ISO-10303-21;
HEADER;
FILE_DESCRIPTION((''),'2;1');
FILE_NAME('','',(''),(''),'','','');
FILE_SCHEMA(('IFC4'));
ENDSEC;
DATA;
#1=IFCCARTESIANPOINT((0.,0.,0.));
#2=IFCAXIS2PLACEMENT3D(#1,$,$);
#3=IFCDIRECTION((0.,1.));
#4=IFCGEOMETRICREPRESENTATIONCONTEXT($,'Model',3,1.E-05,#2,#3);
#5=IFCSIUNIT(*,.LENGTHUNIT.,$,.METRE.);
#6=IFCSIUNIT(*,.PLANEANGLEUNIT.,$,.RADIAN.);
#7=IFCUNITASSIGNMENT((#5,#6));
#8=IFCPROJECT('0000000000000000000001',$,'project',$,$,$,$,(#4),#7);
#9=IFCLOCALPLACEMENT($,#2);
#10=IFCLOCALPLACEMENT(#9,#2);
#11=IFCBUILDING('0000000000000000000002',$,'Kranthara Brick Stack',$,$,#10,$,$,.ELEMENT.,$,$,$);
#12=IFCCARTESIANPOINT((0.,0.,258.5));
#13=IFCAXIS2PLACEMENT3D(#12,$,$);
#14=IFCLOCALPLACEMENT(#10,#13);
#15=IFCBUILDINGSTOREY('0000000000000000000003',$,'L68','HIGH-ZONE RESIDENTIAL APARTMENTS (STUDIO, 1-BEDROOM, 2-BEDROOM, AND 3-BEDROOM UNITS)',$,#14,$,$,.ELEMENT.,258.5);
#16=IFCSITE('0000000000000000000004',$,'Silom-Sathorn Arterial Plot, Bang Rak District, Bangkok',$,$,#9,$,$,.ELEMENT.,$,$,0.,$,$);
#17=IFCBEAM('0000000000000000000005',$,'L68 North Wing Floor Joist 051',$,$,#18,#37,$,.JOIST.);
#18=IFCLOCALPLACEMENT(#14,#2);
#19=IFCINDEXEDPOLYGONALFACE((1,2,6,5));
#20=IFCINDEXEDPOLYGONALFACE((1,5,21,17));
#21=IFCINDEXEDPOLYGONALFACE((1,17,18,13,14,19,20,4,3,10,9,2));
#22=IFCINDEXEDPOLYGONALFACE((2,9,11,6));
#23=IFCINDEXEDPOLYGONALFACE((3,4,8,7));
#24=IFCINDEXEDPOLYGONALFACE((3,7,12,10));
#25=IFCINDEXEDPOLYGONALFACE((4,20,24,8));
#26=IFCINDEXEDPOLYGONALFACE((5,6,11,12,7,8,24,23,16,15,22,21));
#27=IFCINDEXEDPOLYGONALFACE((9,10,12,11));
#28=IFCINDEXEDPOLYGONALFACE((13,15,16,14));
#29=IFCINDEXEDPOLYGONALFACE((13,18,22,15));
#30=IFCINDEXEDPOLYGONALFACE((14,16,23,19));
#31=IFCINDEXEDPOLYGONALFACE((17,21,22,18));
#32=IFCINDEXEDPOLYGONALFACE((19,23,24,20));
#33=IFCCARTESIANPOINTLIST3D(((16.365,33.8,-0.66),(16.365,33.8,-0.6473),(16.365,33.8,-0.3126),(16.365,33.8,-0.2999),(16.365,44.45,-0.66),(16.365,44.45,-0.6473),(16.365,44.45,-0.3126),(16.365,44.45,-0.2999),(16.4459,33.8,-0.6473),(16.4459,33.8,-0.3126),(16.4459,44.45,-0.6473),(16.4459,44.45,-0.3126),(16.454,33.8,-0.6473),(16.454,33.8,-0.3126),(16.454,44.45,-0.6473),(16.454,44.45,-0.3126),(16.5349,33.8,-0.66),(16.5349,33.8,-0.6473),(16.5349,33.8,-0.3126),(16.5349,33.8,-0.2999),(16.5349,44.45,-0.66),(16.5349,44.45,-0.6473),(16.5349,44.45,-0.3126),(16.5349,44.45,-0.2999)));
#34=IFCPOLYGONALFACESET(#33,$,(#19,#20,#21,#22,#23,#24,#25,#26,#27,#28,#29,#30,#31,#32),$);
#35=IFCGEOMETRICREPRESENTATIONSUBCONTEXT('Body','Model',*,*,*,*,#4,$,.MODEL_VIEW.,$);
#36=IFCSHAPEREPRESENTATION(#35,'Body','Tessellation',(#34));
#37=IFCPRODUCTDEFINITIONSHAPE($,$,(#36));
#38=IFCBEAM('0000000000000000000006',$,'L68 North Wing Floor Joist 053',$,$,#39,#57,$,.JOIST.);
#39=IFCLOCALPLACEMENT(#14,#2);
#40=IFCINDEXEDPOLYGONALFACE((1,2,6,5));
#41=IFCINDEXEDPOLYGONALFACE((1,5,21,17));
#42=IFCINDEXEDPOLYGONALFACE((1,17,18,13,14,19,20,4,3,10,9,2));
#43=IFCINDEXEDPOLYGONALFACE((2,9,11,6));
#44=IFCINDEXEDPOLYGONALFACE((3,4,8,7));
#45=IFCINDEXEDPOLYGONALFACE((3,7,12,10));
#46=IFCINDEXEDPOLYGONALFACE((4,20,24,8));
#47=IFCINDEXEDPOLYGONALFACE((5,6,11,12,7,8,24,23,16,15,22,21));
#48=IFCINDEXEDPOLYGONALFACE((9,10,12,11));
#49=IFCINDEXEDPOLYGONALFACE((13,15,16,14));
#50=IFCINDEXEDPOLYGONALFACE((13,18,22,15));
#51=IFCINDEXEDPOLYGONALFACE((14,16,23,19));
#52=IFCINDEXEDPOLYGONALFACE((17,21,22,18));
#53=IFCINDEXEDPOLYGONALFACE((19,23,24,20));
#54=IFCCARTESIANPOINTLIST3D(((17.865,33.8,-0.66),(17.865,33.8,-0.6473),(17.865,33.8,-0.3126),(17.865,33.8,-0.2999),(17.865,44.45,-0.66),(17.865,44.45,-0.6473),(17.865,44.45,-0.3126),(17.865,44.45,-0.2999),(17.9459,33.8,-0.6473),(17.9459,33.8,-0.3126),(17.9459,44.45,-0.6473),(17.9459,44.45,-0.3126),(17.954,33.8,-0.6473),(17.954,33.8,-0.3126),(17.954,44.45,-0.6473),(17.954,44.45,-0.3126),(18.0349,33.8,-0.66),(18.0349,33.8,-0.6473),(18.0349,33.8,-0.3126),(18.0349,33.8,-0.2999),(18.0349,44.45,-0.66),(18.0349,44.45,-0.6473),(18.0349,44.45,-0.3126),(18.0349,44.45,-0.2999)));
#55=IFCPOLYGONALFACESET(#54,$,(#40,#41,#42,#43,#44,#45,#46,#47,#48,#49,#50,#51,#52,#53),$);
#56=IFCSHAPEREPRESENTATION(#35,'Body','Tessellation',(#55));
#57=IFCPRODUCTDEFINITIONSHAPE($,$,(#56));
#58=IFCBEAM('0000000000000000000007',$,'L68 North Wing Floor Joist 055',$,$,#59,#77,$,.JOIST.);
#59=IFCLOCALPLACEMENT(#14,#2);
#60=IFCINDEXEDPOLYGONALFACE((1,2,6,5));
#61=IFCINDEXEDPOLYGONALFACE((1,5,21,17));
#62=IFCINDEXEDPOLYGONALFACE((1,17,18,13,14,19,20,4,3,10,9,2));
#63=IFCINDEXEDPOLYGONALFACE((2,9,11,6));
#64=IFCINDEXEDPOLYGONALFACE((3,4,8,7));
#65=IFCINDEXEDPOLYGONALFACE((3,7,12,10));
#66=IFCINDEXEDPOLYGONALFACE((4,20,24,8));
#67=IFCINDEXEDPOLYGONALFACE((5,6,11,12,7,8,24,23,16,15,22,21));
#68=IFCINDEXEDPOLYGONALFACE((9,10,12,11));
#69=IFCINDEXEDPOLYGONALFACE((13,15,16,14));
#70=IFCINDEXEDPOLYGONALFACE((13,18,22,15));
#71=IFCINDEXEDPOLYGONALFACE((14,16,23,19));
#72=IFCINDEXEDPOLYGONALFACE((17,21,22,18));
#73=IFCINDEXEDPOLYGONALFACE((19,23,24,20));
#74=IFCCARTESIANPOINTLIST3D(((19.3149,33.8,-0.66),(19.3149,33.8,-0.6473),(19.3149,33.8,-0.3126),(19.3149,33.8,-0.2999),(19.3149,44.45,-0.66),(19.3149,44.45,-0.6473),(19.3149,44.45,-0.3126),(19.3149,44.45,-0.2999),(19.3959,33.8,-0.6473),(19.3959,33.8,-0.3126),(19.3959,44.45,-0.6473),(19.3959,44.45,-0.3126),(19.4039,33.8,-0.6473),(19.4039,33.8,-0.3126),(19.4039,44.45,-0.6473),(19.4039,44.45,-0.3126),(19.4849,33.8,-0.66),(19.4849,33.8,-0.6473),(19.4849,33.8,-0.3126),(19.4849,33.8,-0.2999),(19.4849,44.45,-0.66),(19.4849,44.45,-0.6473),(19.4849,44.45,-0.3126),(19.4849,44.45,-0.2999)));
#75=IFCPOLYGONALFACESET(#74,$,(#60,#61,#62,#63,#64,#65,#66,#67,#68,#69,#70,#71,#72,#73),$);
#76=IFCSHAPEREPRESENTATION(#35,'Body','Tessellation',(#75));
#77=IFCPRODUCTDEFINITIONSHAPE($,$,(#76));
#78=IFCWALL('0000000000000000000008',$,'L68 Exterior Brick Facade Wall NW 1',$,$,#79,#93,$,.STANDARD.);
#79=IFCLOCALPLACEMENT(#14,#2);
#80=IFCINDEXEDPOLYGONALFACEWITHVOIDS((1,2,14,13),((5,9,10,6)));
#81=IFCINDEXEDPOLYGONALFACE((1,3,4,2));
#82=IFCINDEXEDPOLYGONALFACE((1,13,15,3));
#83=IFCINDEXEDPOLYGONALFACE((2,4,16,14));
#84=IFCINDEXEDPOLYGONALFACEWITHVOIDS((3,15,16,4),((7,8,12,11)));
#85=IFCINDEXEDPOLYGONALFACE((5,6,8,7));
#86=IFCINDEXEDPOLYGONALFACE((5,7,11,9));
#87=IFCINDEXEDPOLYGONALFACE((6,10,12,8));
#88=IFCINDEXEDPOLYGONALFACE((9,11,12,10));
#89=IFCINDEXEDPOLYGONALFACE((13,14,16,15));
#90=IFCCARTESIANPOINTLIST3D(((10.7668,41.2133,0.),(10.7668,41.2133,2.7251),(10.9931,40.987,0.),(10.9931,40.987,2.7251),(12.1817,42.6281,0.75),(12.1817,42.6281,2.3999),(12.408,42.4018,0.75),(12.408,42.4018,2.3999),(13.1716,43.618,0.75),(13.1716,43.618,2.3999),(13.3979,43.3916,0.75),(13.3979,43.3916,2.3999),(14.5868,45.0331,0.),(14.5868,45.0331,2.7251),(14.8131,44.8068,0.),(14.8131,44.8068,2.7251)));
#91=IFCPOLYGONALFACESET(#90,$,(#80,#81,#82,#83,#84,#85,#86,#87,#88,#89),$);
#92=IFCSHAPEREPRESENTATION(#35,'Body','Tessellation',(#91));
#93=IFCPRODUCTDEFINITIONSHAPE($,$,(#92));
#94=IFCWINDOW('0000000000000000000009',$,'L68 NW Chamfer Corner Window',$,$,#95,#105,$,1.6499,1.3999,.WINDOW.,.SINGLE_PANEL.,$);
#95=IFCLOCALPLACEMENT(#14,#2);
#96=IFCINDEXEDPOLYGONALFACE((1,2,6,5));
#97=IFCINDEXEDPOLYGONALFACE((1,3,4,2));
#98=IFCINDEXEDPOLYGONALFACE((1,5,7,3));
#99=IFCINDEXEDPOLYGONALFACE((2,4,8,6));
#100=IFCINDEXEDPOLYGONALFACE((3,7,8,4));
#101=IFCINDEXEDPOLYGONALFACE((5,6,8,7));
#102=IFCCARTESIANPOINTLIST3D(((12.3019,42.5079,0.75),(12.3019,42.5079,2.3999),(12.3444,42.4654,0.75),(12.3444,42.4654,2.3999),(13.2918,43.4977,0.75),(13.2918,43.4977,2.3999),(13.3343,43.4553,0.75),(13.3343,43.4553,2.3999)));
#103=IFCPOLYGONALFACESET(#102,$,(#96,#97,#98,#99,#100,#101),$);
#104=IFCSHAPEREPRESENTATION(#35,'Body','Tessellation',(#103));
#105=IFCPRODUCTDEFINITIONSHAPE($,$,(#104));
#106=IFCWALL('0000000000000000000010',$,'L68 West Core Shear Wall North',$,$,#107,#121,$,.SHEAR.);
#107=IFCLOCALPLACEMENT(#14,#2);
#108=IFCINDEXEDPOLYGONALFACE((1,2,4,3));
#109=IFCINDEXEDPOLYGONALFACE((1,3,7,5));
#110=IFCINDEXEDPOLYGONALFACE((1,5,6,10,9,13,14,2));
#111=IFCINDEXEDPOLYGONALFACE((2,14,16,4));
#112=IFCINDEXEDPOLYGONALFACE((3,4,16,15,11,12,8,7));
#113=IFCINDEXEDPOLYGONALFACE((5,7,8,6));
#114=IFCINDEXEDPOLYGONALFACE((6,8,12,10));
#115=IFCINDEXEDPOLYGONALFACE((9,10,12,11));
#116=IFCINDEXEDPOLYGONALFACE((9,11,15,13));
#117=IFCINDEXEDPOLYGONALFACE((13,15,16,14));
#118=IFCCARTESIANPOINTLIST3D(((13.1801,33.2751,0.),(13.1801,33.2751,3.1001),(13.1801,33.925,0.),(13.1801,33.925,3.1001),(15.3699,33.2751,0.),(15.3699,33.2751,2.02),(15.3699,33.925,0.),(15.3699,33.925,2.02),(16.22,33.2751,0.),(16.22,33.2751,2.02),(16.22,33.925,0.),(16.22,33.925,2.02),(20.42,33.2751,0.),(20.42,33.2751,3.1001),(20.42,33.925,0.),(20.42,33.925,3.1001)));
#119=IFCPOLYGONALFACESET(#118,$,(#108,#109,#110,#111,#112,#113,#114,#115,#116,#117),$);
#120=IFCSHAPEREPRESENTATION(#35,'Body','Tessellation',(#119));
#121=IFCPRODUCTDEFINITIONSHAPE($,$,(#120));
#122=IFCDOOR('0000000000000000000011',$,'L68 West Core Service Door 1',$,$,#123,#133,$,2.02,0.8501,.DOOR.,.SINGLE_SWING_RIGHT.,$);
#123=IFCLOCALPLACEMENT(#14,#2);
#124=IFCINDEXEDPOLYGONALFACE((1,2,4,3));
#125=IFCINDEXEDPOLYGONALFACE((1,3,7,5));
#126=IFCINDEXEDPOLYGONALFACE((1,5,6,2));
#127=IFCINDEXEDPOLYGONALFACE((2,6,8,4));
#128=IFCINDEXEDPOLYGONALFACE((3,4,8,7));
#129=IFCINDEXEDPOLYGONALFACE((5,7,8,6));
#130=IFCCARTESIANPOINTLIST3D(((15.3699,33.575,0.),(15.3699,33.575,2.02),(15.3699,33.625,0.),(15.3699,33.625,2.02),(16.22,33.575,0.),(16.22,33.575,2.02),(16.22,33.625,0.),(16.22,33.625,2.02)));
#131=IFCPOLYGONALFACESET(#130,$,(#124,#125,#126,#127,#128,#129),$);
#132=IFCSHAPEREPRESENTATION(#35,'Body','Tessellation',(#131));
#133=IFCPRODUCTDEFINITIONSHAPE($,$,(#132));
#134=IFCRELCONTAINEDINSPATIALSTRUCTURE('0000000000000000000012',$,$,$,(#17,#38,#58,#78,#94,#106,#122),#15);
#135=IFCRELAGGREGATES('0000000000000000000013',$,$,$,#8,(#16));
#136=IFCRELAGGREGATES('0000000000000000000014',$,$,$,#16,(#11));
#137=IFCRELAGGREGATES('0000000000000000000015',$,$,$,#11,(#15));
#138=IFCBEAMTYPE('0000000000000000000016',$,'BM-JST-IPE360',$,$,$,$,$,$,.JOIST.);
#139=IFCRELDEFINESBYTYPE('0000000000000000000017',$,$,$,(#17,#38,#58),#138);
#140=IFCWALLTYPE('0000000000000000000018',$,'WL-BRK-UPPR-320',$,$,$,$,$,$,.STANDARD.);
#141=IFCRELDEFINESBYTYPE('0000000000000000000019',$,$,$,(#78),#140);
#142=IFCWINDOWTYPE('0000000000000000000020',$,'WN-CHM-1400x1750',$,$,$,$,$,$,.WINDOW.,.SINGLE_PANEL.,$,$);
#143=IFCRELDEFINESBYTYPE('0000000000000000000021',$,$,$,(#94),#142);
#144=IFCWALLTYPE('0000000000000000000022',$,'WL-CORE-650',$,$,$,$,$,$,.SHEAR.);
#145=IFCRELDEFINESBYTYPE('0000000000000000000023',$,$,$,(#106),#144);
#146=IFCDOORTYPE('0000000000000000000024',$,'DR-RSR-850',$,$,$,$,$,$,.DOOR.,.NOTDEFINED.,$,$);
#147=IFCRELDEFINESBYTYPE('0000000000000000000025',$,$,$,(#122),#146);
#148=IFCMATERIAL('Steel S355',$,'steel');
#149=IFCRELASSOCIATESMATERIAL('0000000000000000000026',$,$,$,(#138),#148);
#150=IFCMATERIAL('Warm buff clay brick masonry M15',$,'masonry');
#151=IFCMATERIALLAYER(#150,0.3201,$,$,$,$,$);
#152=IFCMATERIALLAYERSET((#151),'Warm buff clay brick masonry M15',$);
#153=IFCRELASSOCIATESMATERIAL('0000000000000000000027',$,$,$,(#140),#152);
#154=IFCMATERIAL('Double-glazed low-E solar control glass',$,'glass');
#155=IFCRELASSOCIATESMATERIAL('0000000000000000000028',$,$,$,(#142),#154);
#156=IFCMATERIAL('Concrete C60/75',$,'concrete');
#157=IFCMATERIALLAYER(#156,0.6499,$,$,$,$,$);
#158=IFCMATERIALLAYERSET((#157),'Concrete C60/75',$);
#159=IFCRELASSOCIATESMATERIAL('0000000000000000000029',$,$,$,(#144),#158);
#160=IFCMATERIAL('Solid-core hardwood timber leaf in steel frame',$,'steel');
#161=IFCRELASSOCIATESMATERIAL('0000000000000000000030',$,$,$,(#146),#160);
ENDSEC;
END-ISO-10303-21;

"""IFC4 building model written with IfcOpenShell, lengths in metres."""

from ifc_helpers import new_model, si_unit, direction, frame, frame_2d, origin, origin_2d, place, context, subcontext, project, spatial, rectangle, i_section, extrude, material, layer, layer_set, material_profile, profile_set, type_object, element, fill, save


model = new_model("IFC4")

# Units and contexts
model_context = context("Model", 3, precision=1e-05, world=origin(), true_north=direction((0.0, 1.0)))
body_context = subcontext(model_context, "Body", "Model", "MODEL_VIEW")
ifc_project = project(units=[si_unit("LENGTHUNIT", "METRE"), si_unit("PLANEANGLEUNIT", "RADIAN")], contexts=[model_context])

# Site, building, storey
site_placement = place(None, origin())
site = spatial("IfcSite", under=ifc_project, at=site_placement, Name="Silom-Sathorn Arterial Plot, Bang Rak District, Bangkok", CompositionType="ELEMENT", RefElevation=0.0)
building_placement = place(site_placement, origin())
building = spatial("IfcBuilding", under=site, at=building_placement, Name="Kranthara Brick Stack", CompositionType="ELEMENT")
storey_placement = place(building_placement, frame((0.0, 0.0, 258.5)))
storey = spatial("IfcBuildingStorey", under=building, at=storey_placement, Name="L68", Description="HIGH-ZONE RESIDENTIAL APARTMENTS (STUDIO, 1-BEDROOM, 2-BEDROOM, AND 3-BEDROOM UNITS)", CompositionType="ELEMENT", Elevation=258.5)

# Beams
ifc_material_1 = material(Name="Steel S355", Category="steel")
ifc_material_profile = material_profile(ifc_material_1, i_section(OverallWidth=0.1699, OverallDepth=0.3601, WebThickness=0.0081, FlangeThickness=0.0127, at=origin_2d()), Name="IPE 360")
ifc_profile_set = profile_set([ifc_material_profile], Name="Steel S355")
beam_type = type_object("IfcBeamType", Name="BM-JST-IPE360", PredefinedType="JOIST", material=ifc_profile_set)
for number, where, z_axis, x_axis, name in (
    (1, (16.45, 33.8, -0.48), (0.0, 1.0, 0.0), (-1.0, 0.0, 0.0), "L68 North Wing Floor Joist 051"),
    (2, (17.95, 33.8, -0.48), (0.0, 1.0, 0.0), (-1.0, 0.0, 0.0), "L68 North Wing Floor Joist 053"),
    (3, (19.3999, 33.8, -0.48), (0.0, 1.0, 0.0), (-1.0, 0.0, 0.0), "L68 North Wing Floor Joist 055"),
):
    element("IfcBeam", number, at=place(storey_placement, frame(where, z_axis=z_axis, x_axis=x_axis)), inside=storey, type_object=beam_type, Name=name, PredefinedType="JOIST", context=body_context, shape_type="SweptSolid", body=[
        extrude(i_section(OverallWidth=0.1699, OverallDepth=0.3601, WebThickness=0.0081, FlangeThickness=0.0127, at=origin_2d()), origin(), (0.0, 0.0, 1.0), 10.6499),
    ])

# Wall, opening, window
ifc_material_2 = material(Name="Warm buff clay brick masonry M15", Category="masonry")
ifc_layer_1 = layer(ifc_material_2, 0.3201)
ifc_layer_set_1 = layer_set([ifc_layer_1], Name="Warm buff clay brick masonry M15")
wall_type_1 = type_object("IfcWallType", Name="WL-BRK-UPPR-320", PredefinedType="STANDARD", material=ifc_layer_set_1)
wall_1_placement = place(storey_placement, frame((10.8799, 41.1001, 0.0), z_axis=(0.0, 0.0, 1.0), x_axis=(0.707129, 0.707084, 0.0)))
wall_1 = element("IfcWall", 4, at=wall_1_placement, inside=storey, type_object=wall_type_1, Name="L68 Exterior Brick Facade Wall NW 1", PredefinedType="STANDARD", context=body_context, shape_type="SweptSolid", body=[
    extrude(rectangle(XDim=5.4021, YDim=0.3201, at=frame_2d((2.7012, 0.0))), origin(), (0.0, 0.0, 1.0), 2.7251),
])
opening_1_placement = place(wall_1_placement, frame((2.001, 0.0, 0.75)))
opening_1 = element("IfcOpeningElement", 5, at=opening_1_placement, cuts=wall_1, PredefinedType="OPENING", context=body_context, shape_type="SweptSolid", body=[
    extrude(rectangle(XDim=1.3999, YDim=1.6499, at=frame_2d((0.7, 0.825))), frame((0.0, 0.1699, 0.0), z_axis=(0.0, -1.0, 0.0), x_axis=(1.0, 0.0, 0.0)), (0.0, 0.0, 1.0), 0.3401),
])
ifc_material_3 = material(Name="Double-glazed low-E solar control glass", Category="glass")
window_type = type_object("IfcWindowType", Name="WN-CHM-1400x1750", PartitioningType="SINGLE_PANEL", PredefinedType="WINDOW", material=ifc_material_3)
window_placement = place(opening_1_placement, origin())
window = element("IfcWindow", 6, at=window_placement, inside=storey, type_object=window_type, Name="L68 NW Chamfer Corner Window", OverallHeight=1.6499, OverallWidth=1.3999, PartitioningType="SINGLE_PANEL", PredefinedType="WINDOW", context=body_context, shape_type="SweptSolid", body=[
    extrude(rectangle(XDim=1.3999, YDim=1.6499, at=frame_2d((0.7, 0.825))), frame((0.0, -0.01, 0.0), z_axis=(0.0, -1.0, 0.0), x_axis=(1.0, 0.0, 0.0)), (0.0, 0.0, 1.0), 0.0601),
])
fill(opening_1, window)

# Wall, opening, door
ifc_material_4 = material(Name="Concrete C60/75", Category="concrete")
ifc_layer_2 = layer(ifc_material_4, 0.6499)
ifc_layer_set_2 = layer_set([ifc_layer_2], Name="Concrete C60/75")
wall_type_2 = type_object("IfcWallType", Name="WL-CORE-650", PredefinedType="SHEAR", material=ifc_layer_set_2)
wall_2_placement = place(storey_placement, frame((13.1799, 33.6001, 0.0), z_axis=(0.0, 0.0, 1.0), x_axis=(1.0, 0.0, 0.0)))
wall_2 = element("IfcWall", 7, at=wall_2_placement, inside=storey, type_object=wall_type_2, Name="L68 West Core Shear Wall North", PredefinedType="SHEAR", context=body_context, shape_type="SweptSolid", body=[
    extrude(rectangle(XDim=7.24, YDim=0.6499, at=frame_2d((3.6201, 0.0))), origin(), (0.0, 0.0, 1.0), 3.1001),
])
opening_2_placement = place(wall_2_placement, frame((2.1899, 0.0, 0.0)))
opening_2 = element("IfcOpeningElement", 8, at=opening_2_placement, cuts=wall_2, PredefinedType="OPENING", context=body_context, shape_type="SweptSolid", body=[
    extrude(rectangle(XDim=0.8501, YDim=2.02, at=frame_2d((0.425, 1.01))), frame((0.0, 0.335, 0.0), z_axis=(0.0, -1.0, 0.0), x_axis=(1.0, 0.0, 0.0)), (0.0, 0.0, 1.0), 0.6699),
])
ifc_material_5 = material(Name="Solid-core hardwood timber leaf in steel frame", Category="steel")
door_type_1 = type_object("IfcDoorType", Name="DR-RSR-850", OperationType="NOTDEFINED", PredefinedType="DOOR", material=ifc_material_5)
door_1_placement = place(opening_2_placement, origin())
door_1 = element("IfcDoor", 9, at=door_1_placement, inside=storey, type_object=door_type_1, Name="L68 West Core Service Door 1", OperationType="SINGLE_SWING_RIGHT", OverallHeight=2.02, OverallWidth=0.8501, PredefinedType="DOOR", context=body_context, shape_type="SweptSolid", body=[
    extrude(rectangle(XDim=0.8501, YDim=2.02, at=frame_2d((0.425, 1.01))), frame((0.0, 0.0249, 0.0), z_axis=(0.0, -1.0, 0.0), x_axis=(1.0, 0.0, 0.0)), (0.0, 0.0, 1.0), 0.05),
])
fill(opening_2, door_1)

save(model, "model.ifc")
